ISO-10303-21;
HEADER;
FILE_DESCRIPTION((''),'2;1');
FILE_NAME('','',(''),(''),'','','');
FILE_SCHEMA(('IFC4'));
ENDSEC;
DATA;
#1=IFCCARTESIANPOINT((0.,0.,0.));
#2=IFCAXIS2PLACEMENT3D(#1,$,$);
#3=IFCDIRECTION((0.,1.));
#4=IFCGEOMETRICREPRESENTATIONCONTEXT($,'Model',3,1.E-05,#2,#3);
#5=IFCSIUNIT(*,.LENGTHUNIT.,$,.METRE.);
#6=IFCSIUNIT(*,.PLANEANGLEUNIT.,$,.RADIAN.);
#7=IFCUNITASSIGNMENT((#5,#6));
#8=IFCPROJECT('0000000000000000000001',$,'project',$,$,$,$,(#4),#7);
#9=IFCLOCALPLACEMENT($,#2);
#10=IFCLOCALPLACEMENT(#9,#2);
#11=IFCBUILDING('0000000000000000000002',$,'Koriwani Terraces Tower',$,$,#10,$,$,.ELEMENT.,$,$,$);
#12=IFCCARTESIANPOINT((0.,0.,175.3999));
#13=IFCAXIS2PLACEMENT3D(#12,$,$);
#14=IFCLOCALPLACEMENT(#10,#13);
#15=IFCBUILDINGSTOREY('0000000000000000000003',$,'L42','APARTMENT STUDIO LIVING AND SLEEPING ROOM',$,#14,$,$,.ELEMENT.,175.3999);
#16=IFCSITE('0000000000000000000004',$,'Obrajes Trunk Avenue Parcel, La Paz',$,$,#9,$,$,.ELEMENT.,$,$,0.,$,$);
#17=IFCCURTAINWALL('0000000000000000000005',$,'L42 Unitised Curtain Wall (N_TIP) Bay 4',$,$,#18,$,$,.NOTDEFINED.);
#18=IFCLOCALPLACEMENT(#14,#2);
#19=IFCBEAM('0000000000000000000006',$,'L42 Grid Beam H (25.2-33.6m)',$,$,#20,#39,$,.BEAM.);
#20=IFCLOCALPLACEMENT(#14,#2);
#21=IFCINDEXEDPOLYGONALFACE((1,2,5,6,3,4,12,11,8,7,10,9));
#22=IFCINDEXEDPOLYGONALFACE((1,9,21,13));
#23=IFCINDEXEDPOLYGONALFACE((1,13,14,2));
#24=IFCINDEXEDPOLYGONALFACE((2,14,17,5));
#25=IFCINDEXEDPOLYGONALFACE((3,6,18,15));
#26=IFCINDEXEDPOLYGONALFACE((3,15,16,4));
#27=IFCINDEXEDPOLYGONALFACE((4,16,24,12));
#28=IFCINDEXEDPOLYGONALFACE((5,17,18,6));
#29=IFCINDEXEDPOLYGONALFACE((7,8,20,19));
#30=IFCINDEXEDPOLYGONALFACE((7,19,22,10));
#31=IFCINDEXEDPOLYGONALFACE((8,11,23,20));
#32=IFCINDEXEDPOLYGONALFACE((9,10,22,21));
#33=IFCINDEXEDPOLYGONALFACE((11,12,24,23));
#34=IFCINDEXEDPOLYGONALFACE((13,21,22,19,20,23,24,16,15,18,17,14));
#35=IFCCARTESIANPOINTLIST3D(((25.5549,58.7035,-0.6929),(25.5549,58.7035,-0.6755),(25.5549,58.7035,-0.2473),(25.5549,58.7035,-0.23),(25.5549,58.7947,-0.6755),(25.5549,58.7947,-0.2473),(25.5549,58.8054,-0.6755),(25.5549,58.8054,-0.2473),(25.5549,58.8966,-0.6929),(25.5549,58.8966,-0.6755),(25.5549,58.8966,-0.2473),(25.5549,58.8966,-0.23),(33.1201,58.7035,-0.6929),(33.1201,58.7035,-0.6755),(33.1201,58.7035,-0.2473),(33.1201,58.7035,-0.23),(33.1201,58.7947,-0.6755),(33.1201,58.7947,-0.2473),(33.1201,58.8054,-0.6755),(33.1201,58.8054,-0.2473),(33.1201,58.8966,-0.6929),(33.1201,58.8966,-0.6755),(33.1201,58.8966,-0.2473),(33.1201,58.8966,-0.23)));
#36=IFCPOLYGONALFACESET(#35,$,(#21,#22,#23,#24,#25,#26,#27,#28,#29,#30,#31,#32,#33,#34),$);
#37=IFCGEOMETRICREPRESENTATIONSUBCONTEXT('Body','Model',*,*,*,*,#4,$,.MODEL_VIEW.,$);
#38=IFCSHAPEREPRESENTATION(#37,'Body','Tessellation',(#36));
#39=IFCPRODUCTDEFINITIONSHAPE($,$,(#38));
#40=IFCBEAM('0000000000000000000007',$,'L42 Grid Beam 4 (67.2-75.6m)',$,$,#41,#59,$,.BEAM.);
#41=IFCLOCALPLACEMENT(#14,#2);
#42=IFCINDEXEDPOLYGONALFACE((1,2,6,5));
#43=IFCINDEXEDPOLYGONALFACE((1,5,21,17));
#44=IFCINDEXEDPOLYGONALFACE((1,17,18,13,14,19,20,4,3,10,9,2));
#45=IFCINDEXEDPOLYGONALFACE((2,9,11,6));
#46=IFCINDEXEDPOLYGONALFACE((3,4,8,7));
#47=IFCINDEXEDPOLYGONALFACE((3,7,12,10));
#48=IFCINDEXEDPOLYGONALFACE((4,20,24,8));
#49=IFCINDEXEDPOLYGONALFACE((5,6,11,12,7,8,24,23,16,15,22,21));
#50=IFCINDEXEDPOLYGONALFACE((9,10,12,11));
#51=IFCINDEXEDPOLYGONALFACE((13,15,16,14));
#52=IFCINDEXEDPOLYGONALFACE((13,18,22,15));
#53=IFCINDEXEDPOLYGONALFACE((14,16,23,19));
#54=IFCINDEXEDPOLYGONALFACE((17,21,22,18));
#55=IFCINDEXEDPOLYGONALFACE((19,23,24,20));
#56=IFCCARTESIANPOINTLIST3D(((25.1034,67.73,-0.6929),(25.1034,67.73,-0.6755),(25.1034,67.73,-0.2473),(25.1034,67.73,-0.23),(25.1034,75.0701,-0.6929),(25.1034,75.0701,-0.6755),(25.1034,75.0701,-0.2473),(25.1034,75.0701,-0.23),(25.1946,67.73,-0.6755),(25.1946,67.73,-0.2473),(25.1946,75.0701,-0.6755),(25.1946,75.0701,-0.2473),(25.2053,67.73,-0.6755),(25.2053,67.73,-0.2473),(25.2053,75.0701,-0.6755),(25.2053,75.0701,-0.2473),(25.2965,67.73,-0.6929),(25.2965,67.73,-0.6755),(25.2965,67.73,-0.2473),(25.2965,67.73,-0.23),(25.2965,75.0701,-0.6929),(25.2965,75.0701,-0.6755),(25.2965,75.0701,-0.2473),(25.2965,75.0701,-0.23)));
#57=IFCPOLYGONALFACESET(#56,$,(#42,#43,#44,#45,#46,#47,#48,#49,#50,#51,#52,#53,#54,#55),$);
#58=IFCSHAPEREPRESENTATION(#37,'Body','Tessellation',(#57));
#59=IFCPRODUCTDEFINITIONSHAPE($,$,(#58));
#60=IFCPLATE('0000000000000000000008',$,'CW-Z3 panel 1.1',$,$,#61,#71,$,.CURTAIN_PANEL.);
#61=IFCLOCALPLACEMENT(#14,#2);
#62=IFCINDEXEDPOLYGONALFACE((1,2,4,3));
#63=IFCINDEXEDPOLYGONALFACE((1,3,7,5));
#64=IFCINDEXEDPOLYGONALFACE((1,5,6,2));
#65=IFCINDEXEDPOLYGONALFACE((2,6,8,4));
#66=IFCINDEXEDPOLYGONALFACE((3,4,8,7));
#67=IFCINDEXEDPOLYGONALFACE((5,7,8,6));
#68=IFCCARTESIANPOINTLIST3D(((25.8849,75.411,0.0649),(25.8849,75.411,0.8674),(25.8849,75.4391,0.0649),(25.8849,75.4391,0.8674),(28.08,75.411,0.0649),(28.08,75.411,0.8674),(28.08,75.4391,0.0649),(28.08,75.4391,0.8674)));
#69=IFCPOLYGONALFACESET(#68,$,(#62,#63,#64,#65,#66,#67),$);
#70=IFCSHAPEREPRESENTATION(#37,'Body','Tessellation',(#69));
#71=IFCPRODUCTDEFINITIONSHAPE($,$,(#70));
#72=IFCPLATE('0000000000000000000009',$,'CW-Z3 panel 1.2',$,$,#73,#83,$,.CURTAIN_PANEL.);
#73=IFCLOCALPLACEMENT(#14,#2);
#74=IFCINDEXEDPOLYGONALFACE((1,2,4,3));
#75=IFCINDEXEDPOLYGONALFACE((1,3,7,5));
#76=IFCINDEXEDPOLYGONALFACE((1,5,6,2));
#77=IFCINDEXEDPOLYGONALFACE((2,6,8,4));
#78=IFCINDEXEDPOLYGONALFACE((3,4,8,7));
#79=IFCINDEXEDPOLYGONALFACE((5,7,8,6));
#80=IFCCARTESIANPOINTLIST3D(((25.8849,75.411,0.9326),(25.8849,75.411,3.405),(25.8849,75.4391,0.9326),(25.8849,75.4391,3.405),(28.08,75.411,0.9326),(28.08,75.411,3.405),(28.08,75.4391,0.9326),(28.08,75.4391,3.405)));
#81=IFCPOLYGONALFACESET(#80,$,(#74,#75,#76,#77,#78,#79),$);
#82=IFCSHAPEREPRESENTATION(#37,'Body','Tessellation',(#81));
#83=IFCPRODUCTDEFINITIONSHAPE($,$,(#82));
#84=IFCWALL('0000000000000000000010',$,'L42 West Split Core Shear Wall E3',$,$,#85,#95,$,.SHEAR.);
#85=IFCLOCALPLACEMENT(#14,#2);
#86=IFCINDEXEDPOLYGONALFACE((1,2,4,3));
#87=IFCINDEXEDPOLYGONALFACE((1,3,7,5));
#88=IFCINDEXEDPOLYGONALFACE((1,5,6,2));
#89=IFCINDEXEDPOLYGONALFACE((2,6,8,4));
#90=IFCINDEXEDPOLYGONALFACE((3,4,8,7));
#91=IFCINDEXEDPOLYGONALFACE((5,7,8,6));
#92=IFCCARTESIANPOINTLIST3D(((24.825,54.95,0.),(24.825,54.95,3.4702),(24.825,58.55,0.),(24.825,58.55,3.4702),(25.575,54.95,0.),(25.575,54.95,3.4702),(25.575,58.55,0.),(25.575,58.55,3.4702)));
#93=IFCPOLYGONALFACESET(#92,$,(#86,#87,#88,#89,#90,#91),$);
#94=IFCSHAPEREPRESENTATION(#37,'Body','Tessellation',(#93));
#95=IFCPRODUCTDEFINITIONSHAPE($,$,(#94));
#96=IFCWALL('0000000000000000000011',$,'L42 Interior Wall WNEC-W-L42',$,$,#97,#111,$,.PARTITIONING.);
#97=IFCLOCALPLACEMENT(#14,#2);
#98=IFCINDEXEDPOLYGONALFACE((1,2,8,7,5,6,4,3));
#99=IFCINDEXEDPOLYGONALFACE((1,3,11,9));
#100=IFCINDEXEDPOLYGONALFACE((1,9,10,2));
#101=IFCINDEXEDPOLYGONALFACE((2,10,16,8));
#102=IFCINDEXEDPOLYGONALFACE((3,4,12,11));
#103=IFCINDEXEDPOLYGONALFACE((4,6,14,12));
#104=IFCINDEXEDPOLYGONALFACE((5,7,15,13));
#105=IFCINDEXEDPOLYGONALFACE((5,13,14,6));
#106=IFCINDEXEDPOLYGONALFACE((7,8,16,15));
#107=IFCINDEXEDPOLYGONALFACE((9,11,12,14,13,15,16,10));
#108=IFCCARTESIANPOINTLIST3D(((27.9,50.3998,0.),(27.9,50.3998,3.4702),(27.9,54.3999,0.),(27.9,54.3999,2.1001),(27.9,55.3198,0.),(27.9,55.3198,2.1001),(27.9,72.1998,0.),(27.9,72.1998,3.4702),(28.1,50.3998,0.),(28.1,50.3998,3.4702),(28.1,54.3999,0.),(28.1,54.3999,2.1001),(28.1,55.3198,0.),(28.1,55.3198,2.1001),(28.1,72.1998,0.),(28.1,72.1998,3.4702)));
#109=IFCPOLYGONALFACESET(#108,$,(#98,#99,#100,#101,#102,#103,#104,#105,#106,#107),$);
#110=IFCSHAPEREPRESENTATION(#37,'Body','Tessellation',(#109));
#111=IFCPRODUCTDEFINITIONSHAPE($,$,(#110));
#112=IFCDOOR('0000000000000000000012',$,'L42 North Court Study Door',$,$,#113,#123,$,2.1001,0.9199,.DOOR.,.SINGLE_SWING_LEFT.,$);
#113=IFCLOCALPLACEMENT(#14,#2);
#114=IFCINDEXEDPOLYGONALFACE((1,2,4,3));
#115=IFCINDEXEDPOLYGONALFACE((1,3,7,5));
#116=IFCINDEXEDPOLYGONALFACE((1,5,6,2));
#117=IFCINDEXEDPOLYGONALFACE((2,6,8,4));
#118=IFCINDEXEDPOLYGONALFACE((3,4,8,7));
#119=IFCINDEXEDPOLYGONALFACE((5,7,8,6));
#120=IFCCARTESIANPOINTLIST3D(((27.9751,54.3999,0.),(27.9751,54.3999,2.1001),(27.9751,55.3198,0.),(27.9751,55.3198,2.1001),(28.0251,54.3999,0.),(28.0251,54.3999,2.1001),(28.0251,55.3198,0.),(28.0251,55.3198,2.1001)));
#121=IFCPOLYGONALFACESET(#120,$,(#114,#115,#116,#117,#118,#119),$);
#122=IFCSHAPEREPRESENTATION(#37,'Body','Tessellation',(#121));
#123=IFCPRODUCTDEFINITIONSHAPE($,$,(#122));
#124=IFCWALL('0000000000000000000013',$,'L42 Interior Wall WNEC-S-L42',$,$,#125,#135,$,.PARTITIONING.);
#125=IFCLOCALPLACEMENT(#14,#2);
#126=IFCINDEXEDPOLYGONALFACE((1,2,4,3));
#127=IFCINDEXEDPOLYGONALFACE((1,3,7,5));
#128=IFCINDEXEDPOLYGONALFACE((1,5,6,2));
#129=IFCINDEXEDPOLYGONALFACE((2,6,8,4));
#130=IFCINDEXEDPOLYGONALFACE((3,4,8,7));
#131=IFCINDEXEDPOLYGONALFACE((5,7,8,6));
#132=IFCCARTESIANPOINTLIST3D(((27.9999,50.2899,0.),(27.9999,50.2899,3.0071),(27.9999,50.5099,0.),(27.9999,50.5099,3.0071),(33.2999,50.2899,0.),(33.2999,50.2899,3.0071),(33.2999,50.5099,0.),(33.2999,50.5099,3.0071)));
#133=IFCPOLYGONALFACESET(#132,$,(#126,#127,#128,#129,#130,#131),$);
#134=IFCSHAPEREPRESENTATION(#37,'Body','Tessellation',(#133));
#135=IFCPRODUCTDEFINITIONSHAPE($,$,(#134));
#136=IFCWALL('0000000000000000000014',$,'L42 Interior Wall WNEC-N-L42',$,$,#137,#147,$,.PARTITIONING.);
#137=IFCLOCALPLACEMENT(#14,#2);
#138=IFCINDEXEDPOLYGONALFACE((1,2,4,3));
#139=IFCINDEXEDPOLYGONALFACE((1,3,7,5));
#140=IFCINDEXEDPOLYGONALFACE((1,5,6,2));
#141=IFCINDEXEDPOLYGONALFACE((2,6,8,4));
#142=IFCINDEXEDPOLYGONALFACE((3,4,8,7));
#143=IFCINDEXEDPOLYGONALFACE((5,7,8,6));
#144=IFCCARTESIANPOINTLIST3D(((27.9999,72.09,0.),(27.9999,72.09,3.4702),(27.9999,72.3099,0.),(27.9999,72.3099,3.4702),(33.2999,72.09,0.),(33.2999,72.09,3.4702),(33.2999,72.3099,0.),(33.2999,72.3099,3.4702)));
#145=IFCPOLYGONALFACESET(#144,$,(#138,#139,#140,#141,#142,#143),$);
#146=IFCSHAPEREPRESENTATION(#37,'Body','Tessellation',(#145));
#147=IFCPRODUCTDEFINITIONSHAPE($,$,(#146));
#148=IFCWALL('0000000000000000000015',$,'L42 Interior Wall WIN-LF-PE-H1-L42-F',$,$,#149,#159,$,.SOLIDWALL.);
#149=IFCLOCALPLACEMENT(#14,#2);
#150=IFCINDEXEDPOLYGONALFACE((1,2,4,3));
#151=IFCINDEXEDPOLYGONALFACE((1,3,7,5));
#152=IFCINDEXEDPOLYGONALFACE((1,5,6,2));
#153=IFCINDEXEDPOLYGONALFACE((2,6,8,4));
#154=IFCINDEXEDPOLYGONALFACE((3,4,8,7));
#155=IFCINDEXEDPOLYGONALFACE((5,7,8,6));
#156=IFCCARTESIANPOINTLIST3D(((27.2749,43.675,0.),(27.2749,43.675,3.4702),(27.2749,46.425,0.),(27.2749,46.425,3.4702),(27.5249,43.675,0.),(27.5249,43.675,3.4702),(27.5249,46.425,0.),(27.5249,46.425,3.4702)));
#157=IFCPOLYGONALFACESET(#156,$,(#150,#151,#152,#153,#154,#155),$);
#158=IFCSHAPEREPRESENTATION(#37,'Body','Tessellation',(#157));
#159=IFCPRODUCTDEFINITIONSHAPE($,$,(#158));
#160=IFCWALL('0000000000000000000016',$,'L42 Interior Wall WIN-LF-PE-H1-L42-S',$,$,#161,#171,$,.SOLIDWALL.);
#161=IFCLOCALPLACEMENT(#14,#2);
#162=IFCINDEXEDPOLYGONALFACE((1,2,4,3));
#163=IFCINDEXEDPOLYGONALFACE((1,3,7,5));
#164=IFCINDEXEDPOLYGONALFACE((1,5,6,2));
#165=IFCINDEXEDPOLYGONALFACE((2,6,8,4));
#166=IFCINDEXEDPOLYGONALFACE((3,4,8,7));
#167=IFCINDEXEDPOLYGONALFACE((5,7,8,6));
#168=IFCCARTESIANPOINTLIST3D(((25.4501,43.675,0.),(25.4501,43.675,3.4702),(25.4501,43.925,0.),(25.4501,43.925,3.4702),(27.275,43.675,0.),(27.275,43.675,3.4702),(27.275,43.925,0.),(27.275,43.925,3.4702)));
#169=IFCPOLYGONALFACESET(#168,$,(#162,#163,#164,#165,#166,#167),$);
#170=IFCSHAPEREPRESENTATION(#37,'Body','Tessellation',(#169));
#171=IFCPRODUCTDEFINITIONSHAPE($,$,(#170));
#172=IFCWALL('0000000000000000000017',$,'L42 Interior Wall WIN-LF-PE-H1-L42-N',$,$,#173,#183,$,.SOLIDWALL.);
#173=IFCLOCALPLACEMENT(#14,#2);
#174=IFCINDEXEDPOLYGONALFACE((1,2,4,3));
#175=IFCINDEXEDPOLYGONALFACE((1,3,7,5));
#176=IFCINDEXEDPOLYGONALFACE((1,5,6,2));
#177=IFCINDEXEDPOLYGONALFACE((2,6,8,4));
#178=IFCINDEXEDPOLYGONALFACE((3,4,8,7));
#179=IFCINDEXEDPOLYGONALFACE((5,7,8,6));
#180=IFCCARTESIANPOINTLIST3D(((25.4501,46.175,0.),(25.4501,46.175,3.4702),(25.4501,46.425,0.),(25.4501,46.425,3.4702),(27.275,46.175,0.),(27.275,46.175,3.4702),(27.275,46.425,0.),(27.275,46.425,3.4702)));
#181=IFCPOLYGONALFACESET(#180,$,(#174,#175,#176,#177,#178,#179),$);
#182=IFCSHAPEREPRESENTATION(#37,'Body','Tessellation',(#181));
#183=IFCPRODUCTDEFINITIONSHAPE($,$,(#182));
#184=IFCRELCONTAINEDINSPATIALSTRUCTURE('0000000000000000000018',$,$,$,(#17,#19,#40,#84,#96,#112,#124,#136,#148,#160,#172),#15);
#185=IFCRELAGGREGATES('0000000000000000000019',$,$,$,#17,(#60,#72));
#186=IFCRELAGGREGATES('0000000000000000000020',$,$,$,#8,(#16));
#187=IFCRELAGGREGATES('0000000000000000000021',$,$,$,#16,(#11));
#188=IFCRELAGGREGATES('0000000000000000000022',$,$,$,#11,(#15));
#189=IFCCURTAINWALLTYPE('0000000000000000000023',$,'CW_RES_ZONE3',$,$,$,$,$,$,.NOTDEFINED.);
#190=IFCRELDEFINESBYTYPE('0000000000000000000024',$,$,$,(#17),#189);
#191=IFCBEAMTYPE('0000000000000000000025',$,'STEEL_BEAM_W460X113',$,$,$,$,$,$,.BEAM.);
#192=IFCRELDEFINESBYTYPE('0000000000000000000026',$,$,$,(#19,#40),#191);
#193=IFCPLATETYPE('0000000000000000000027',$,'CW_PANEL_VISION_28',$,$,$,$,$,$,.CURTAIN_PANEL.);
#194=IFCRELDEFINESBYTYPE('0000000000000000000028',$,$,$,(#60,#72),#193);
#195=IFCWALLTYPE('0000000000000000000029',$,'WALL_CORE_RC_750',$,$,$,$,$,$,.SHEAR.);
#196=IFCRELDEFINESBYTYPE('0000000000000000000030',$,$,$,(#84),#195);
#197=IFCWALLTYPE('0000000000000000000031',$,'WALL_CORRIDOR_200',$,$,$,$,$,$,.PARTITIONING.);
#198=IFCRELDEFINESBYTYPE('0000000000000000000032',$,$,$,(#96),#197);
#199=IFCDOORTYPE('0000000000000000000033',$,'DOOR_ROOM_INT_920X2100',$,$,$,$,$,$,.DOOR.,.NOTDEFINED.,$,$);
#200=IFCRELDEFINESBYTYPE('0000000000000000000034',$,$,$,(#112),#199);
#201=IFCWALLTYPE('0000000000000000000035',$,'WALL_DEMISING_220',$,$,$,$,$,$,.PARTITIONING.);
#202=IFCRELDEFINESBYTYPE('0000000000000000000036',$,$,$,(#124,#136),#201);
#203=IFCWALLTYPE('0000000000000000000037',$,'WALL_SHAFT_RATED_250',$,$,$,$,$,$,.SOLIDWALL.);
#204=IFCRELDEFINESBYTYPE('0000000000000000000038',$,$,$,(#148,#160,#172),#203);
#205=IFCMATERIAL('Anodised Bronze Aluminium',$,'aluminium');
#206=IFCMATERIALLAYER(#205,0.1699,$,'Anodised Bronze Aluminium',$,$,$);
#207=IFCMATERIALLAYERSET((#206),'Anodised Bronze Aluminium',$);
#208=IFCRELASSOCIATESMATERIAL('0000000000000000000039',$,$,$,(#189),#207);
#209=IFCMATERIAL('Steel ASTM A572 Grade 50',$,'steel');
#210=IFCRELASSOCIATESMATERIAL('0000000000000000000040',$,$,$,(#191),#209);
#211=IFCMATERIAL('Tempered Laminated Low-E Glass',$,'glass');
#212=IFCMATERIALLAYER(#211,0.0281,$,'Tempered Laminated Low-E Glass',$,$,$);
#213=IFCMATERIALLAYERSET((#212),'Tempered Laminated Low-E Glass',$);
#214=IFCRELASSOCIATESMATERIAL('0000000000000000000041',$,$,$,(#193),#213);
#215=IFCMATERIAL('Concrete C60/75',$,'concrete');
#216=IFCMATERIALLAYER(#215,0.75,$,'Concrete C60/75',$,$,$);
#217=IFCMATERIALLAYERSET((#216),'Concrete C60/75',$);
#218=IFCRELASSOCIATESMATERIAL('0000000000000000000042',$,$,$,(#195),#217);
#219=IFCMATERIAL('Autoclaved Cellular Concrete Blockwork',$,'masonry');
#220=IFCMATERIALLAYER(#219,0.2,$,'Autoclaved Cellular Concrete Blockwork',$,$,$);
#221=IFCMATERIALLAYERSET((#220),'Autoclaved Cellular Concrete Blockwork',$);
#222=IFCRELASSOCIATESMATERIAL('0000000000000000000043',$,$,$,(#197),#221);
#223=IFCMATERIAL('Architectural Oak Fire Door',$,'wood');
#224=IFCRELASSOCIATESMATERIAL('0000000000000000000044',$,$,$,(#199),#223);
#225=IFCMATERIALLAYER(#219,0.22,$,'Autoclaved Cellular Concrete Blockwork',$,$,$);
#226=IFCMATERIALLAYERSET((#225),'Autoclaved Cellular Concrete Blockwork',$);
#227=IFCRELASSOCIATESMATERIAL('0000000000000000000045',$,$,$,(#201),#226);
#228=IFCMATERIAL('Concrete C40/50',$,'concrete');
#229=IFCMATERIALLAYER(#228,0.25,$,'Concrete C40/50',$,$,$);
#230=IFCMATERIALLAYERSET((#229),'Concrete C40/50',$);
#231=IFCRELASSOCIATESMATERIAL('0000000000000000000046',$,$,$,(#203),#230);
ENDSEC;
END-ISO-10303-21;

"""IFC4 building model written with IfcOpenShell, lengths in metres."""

from ifc_helpers import new_model, si_unit, direction, frame, frame_2d, origin, origin_2d, place, context, subcontext, project, spatial, rectangle, i_section, extrude, material, layer, layer_set, material_profile, profile_set, type_object, element, fill, aggregate, save


model = new_model("IFC4")

# Units and contexts
model_context = context("Model", 3, precision=1e-05, world=origin(), true_north=direction((0.0, 1.0)))
body_context = subcontext(model_context, "Body", "Model", "MODEL_VIEW")
ifc_project = project(units=[si_unit("LENGTHUNIT", "METRE"), si_unit("PLANEANGLEUNIT", "RADIAN")], contexts=[model_context])

# Site, building, storey
site_placement = place(None, origin())
site = spatial("IfcSite", under=ifc_project, at=site_placement, Name="Obrajes Trunk Avenue Parcel, La Paz", CompositionType="ELEMENT", RefElevation=0.0)
building_placement = place(site_placement, origin())
building = spatial("IfcBuilding", under=site, at=building_placement, Name="Koriwani Terraces Tower", CompositionType="ELEMENT")
storey_placement = place(building_placement, frame((0.0, 0.0, 175.3999)))
storey = spatial("IfcBuildingStorey", under=building, at=storey_placement, Name="L42", Description="APARTMENT STUDIO LIVING AND SLEEPING ROOM", CompositionType="ELEMENT", Elevation=175.3999)

# Curtain wall
ifc_material_1 = material(Name="Anodised Bronze Aluminium", Category="aluminium")
ifc_layer_1 = layer(ifc_material_1, 0.1699, Name="Anodised Bronze Aluminium")
ifc_layer_set_1 = layer_set([ifc_layer_1], Name="Anodised Bronze Aluminium")
curtain_wall_type = type_object("IfcCurtainWallType", Name="CW_RES_ZONE3", PredefinedType="NOTDEFINED", material=ifc_layer_set_1)
curtain_wall_placement = place(storey_placement, origin())
curtain_wall = element("IfcCurtainWall", 1, at=curtain_wall_placement, inside=storey, type_object=curtain_wall_type, Name="L42 Unitised Curtain Wall (N_TIP) Bay 4", PredefinedType="NOTDEFINED")

# Beams
ifc_material_2 = material(Name="Steel ASTM A572 Grade 50", Category="steel")
ifc_material_profile_1 = material_profile(ifc_material_2, i_section(OverallWidth=0.1931, OverallDepth=0.4629, WebThickness=0.0107, FlangeThickness=0.0173, at=origin_2d()), Name="Steel ASTM A572 Grade 50", Category="LoadBearing")
ifc_profile_set_1 = profile_set([ifc_material_profile_1], Name="Steel ASTM A572 Grade 50")
beam_type_1 = type_object("IfcBeamType", Name="STEEL_BEAM_W460X113", PredefinedType="BEAM", material=ifc_profile_set_1)
for number, where, z_axis, x_axis, name in (
    (2, (25.5549, 58.8, -0.4614), (1.0, 0.0, 0.0), (0.0, 1.0, 0.0), "L42 Grid Beam H (25.2-33.6m)"),
):
    element("IfcBeam", number, at=place(storey_placement, frame(where, z_axis=z_axis, x_axis=x_axis)), inside=storey, type_object=beam_type_1, Name=name, PredefinedType="BEAM", context=body_context, shape_type="SweptSolid", body=[
        extrude(i_section(OverallWidth=0.1931, OverallDepth=0.4629, WebThickness=0.0107, FlangeThickness=0.0173, at=origin_2d()), origin(), (0.0, 0.0, 1.0), 7.5652),
    ])
beam_1_placement = place(storey_placement, frame((25.2, 67.73, -0.4614), z_axis=(0.0, 1.0, 0.0), x_axis=(-1.0, 0.0, 0.0)))
element("IfcBeam", 3, at=beam_1_placement, inside=storey, type_object=beam_type_1, Name="L42 Grid Beam 4 (67.2-75.6m)", PredefinedType="BEAM", context=body_context, shape_type="SweptSolid", body=[
    extrude(i_section(OverallWidth=0.1931, OverallDepth=0.4629, WebThickness=0.0107, FlangeThickness=0.0173, at=origin_2d()), origin(), (0.0, 0.0, 1.0), 7.3401),
])

# Plates
ifc_material_3 = material(Name="Tempered Laminated Low-E Glass", Category="glass")
ifc_layer_2 = layer(ifc_material_3, 0.0281, Name="Tempered Laminated Low-E Glass")
ifc_layer_set_2 = layer_set([ifc_layer_2], Name="Tempered Laminated Low-E Glass")
plate_type = type_object("IfcPlateType", Name="CW_PANEL_VISION_28", PredefinedType="CURTAIN_PANEL", material=ifc_layer_set_2)
plate_1_placement = place(storey_placement, frame((26.9824, 75.425, 0.0649), z_axis=(0.0, 0.0, 1.0), x_axis=(1.0, 0.0, 0.0)))
plate_1 = element("IfcPlate", 4, at=plate_1_placement, type_object=plate_type, Name="CW-Z3 panel 1.1", PredefinedType="CURTAIN_PANEL", context=body_context, shape_type="SweptSolid", body=[
    extrude(rectangle(XDim=2.1951, YDim=0.0281, at=origin_2d()), origin(), (0.0, 0.0, 1.0), 0.8025),
])
plate_2_placement = place(storey_placement, frame((26.9824, 75.425, 0.9326), z_axis=(0.0, 0.0, 1.0), x_axis=(1.0, 0.0, 0.0)))
plate_2 = element("IfcPlate", 5, at=plate_2_placement, type_object=plate_type, Name="CW-Z3 panel 1.2", PredefinedType="CURTAIN_PANEL", context=body_context, shape_type="SweptSolid", body=[
    extrude(rectangle(XDim=2.1951, YDim=0.0281, at=origin_2d()), origin(), (0.0, 0.0, 1.0), 2.4724),
])
aggregate(curtain_wall, [plate_1, plate_2])

# Wall
ifc_material_4 = material(Name="Concrete C60/75", Category="concrete")
ifc_layer_3 = layer(ifc_material_4, 0.75, Name="Concrete C60/75")
ifc_layer_set_3 = layer_set([ifc_layer_3], Name="Concrete C60/75")
wall_type_1 = type_object("IfcWallType", Name="WALL_CORE_RC_750", PredefinedType="SHEAR", material=ifc_layer_set_3)
wall_1_placement = place(storey_placement, frame((25.2, 54.95, 0.0), z_axis=(0.0, 0.0, 1.0), x_axis=(0.0, 1.0, 0.0)))
element("IfcWall", 6, at=wall_1_placement, inside=storey, type_object=wall_type_1, Name="L42 West Split Core Shear Wall E3", PredefinedType="SHEAR", context=body_context, shape_type="SweptSolid", body=[
    extrude(rectangle(XDim=3.6001, YDim=0.75, at=frame_2d((1.8, 0.0))), origin(), (0.0, 0.0, 1.0), 3.4702),
])

# Wall, opening, door
ifc_material_5 = material(Name="Autoclaved Cellular Concrete Blockwork", Category="masonry")
ifc_layer_4 = layer(ifc_material_5, 0.2, Name="Autoclaved Cellular Concrete Blockwork")
ifc_layer_set_4 = layer_set([ifc_layer_4], Name="Autoclaved Cellular Concrete Blockwork")
wall_type_2 = type_object("IfcWallType", Name="WALL_CORRIDOR_200", PredefinedType="PARTITIONING", material=ifc_layer_set_4)
wall_2_placement = place(storey_placement, frame((28.0, 50.3999, 0.0), z_axis=(0.0, 0.0, 1.0), x_axis=(0.0, 1.0, 0.0)))
wall_2 = element("IfcWall", 7, at=wall_2_placement, inside=storey, type_object=wall_type_2, Name="L42 Interior Wall WNEC-W-L42", PredefinedType="PARTITIONING", context=body_context, shape_type="SweptSolid", body=[
    extrude(rectangle(XDim=21.8, YDim=0.2, at=frame_2d((10.8999, 0.0))), origin(), (0.0, 0.0, 1.0), 3.4702),
])
opening_1_placement = place(wall_2_placement, frame((4.0, 0.0, 0.0)))
opening_1 = element("IfcOpeningElement", 8, at=opening_1_placement, cuts=wall_2, PredefinedType="OPENING", context=body_context, shape_type="SweptSolid", body=[
    extrude(rectangle(XDim=0.9199, YDim=2.1001, at=frame_2d((0.46, 1.05))), frame((0.0, 0.1099, 0.0), z_axis=(0.0, -1.0, 0.0), x_axis=(1.0, 0.0, 0.0)), (0.0, 0.0, 1.0), 0.22),
])
ifc_material_6 = material(Name="Architectural Oak Fire Door", Category="wood")
door_type_1 = type_object("IfcDoorType", Name="DOOR_ROOM_INT_920X2100", OperationType="NOTDEFINED", PredefinedType="DOOR", material=ifc_material_6)
door_1_placement = place(opening_1_placement, origin())
door_1 = element("IfcDoor", 9, at=door_1_placement, inside=storey, type_object=door_type_1, Name="L42 North Court Study Door", OperationType="SINGLE_SWING_LEFT", OverallHeight=2.1001, OverallWidth=0.9199, PredefinedType="DOOR", context=body_context, shape_type="SweptSolid", body=[
    extrude(rectangle(XDim=0.9199, YDim=2.1001, at=frame_2d((0.46, 1.05))), frame((0.0, 0.0249, 0.0), z_axis=(0.0, -1.0, 0.0), x_axis=(1.0, 0.0, 0.0)), (0.0, 0.0, 1.0), 0.05),
])
fill(opening_1, door_1)

# Walls
ifc_layer_5 = layer(ifc_material_5, 0.22, Name="Autoclaved Cellular Concrete Blockwork")
ifc_layer_set_5 = layer_set([ifc_layer_5], Name="Autoclaved Cellular Concrete Blockwork")
wall_type_3 = type_object("IfcWallType", Name="WALL_DEMISING_220", PredefinedType="PARTITIONING", material=ifc_layer_set_5)
wall_3_placement = place(storey_placement, frame((28.0, 50.3999, 0.0), z_axis=(0.0, 0.0, 1.0), x_axis=(1.0, 0.0, 0.0)))
element("IfcWall", 10, at=wall_3_placement, inside=storey, type_object=wall_type_3, Name="L42 Interior Wall WNEC-S-L42", PredefinedType="PARTITIONING", context=body_context, shape_type="SweptSolid", body=[
    extrude(rectangle(XDim=5.3, YDim=0.22, at=frame_2d((2.6499, 0.0))), origin(), (0.0, 0.0, 1.0), 3.0071),
])
wall_4_placement = place(storey_placement, frame((28.0, 72.2, 0.0), z_axis=(0.0, 0.0, 1.0), x_axis=(1.0, 0.0, 0.0)))
element("IfcWall", 11, at=wall_4_placement, inside=storey, type_object=wall_type_3, Name="L42 Interior Wall WNEC-N-L42", PredefinedType="PARTITIONING", context=body_context, shape_type="SweptSolid", body=[
    extrude(rectangle(XDim=5.3, YDim=0.22, at=frame_2d((2.6499, 0.0))), origin(), (0.0, 0.0, 1.0), 3.4702),
])

# Shared definitions
ifc_material_7 = material(Name="Concrete C40/50", Category="concrete")
ifc_layer_6 = layer(ifc_material_7, 0.25, Name="Concrete C40/50")
ifc_layer_set_6 = layer_set([ifc_layer_6], Name="Concrete C40/50")
wall_type_4 = type_object("IfcWallType", Name="WALL_SHAFT_RATED_250", PredefinedType="SOLIDWALL", material=ifc_layer_set_6)

# Walls
wall_5_placement = place(storey_placement, frame((27.3999, 43.675, 0.0), z_axis=(0.0, 0.0, 1.0), x_axis=(0.0, 1.0, 0.0)))
element("IfcWall", 12, at=wall_5_placement, inside=storey, type_object=wall_type_4, Name="L42 Interior Wall WIN-LF-PE-H1-L42-F", PredefinedType="SOLIDWALL", context=body_context, shape_type="SweptSolid", body=[
    extrude(rectangle(XDim=2.75, YDim=0.25, at=frame_2d((1.375, 0.0))), origin(), (0.0, 0.0, 1.0), 3.4702),
])
for number, where, z_axis, x_axis, name in (
    (13, (25.45, 43.8, 0.0), (0.0, 0.0, 1.0), (1.0, 0.0, 0.0), "L42 Interior Wall WIN-LF-PE-H1-L42-S"),
    (14, (25.45, 46.3, 0.0), (0.0, 0.0, 1.0), (1.0, 0.0, 0.0), "L42 Interior Wall WIN-LF-PE-H1-L42-N"),
):
    element("IfcWall", number, at=place(storey_placement, frame(where, z_axis=z_axis, x_axis=x_axis)), inside=storey, type_object=wall_type_4, Name=name, PredefinedType="SOLIDWALL", context=body_context, shape_type="SweptSolid", body=[
        extrude(rectangle(XDim=1.825, YDim=0.25, at=frame_2d((0.9126, 0.0))), origin(), (0.0, 0.0, 1.0), 3.4702),
    ])

save(model, "model.ifc")
